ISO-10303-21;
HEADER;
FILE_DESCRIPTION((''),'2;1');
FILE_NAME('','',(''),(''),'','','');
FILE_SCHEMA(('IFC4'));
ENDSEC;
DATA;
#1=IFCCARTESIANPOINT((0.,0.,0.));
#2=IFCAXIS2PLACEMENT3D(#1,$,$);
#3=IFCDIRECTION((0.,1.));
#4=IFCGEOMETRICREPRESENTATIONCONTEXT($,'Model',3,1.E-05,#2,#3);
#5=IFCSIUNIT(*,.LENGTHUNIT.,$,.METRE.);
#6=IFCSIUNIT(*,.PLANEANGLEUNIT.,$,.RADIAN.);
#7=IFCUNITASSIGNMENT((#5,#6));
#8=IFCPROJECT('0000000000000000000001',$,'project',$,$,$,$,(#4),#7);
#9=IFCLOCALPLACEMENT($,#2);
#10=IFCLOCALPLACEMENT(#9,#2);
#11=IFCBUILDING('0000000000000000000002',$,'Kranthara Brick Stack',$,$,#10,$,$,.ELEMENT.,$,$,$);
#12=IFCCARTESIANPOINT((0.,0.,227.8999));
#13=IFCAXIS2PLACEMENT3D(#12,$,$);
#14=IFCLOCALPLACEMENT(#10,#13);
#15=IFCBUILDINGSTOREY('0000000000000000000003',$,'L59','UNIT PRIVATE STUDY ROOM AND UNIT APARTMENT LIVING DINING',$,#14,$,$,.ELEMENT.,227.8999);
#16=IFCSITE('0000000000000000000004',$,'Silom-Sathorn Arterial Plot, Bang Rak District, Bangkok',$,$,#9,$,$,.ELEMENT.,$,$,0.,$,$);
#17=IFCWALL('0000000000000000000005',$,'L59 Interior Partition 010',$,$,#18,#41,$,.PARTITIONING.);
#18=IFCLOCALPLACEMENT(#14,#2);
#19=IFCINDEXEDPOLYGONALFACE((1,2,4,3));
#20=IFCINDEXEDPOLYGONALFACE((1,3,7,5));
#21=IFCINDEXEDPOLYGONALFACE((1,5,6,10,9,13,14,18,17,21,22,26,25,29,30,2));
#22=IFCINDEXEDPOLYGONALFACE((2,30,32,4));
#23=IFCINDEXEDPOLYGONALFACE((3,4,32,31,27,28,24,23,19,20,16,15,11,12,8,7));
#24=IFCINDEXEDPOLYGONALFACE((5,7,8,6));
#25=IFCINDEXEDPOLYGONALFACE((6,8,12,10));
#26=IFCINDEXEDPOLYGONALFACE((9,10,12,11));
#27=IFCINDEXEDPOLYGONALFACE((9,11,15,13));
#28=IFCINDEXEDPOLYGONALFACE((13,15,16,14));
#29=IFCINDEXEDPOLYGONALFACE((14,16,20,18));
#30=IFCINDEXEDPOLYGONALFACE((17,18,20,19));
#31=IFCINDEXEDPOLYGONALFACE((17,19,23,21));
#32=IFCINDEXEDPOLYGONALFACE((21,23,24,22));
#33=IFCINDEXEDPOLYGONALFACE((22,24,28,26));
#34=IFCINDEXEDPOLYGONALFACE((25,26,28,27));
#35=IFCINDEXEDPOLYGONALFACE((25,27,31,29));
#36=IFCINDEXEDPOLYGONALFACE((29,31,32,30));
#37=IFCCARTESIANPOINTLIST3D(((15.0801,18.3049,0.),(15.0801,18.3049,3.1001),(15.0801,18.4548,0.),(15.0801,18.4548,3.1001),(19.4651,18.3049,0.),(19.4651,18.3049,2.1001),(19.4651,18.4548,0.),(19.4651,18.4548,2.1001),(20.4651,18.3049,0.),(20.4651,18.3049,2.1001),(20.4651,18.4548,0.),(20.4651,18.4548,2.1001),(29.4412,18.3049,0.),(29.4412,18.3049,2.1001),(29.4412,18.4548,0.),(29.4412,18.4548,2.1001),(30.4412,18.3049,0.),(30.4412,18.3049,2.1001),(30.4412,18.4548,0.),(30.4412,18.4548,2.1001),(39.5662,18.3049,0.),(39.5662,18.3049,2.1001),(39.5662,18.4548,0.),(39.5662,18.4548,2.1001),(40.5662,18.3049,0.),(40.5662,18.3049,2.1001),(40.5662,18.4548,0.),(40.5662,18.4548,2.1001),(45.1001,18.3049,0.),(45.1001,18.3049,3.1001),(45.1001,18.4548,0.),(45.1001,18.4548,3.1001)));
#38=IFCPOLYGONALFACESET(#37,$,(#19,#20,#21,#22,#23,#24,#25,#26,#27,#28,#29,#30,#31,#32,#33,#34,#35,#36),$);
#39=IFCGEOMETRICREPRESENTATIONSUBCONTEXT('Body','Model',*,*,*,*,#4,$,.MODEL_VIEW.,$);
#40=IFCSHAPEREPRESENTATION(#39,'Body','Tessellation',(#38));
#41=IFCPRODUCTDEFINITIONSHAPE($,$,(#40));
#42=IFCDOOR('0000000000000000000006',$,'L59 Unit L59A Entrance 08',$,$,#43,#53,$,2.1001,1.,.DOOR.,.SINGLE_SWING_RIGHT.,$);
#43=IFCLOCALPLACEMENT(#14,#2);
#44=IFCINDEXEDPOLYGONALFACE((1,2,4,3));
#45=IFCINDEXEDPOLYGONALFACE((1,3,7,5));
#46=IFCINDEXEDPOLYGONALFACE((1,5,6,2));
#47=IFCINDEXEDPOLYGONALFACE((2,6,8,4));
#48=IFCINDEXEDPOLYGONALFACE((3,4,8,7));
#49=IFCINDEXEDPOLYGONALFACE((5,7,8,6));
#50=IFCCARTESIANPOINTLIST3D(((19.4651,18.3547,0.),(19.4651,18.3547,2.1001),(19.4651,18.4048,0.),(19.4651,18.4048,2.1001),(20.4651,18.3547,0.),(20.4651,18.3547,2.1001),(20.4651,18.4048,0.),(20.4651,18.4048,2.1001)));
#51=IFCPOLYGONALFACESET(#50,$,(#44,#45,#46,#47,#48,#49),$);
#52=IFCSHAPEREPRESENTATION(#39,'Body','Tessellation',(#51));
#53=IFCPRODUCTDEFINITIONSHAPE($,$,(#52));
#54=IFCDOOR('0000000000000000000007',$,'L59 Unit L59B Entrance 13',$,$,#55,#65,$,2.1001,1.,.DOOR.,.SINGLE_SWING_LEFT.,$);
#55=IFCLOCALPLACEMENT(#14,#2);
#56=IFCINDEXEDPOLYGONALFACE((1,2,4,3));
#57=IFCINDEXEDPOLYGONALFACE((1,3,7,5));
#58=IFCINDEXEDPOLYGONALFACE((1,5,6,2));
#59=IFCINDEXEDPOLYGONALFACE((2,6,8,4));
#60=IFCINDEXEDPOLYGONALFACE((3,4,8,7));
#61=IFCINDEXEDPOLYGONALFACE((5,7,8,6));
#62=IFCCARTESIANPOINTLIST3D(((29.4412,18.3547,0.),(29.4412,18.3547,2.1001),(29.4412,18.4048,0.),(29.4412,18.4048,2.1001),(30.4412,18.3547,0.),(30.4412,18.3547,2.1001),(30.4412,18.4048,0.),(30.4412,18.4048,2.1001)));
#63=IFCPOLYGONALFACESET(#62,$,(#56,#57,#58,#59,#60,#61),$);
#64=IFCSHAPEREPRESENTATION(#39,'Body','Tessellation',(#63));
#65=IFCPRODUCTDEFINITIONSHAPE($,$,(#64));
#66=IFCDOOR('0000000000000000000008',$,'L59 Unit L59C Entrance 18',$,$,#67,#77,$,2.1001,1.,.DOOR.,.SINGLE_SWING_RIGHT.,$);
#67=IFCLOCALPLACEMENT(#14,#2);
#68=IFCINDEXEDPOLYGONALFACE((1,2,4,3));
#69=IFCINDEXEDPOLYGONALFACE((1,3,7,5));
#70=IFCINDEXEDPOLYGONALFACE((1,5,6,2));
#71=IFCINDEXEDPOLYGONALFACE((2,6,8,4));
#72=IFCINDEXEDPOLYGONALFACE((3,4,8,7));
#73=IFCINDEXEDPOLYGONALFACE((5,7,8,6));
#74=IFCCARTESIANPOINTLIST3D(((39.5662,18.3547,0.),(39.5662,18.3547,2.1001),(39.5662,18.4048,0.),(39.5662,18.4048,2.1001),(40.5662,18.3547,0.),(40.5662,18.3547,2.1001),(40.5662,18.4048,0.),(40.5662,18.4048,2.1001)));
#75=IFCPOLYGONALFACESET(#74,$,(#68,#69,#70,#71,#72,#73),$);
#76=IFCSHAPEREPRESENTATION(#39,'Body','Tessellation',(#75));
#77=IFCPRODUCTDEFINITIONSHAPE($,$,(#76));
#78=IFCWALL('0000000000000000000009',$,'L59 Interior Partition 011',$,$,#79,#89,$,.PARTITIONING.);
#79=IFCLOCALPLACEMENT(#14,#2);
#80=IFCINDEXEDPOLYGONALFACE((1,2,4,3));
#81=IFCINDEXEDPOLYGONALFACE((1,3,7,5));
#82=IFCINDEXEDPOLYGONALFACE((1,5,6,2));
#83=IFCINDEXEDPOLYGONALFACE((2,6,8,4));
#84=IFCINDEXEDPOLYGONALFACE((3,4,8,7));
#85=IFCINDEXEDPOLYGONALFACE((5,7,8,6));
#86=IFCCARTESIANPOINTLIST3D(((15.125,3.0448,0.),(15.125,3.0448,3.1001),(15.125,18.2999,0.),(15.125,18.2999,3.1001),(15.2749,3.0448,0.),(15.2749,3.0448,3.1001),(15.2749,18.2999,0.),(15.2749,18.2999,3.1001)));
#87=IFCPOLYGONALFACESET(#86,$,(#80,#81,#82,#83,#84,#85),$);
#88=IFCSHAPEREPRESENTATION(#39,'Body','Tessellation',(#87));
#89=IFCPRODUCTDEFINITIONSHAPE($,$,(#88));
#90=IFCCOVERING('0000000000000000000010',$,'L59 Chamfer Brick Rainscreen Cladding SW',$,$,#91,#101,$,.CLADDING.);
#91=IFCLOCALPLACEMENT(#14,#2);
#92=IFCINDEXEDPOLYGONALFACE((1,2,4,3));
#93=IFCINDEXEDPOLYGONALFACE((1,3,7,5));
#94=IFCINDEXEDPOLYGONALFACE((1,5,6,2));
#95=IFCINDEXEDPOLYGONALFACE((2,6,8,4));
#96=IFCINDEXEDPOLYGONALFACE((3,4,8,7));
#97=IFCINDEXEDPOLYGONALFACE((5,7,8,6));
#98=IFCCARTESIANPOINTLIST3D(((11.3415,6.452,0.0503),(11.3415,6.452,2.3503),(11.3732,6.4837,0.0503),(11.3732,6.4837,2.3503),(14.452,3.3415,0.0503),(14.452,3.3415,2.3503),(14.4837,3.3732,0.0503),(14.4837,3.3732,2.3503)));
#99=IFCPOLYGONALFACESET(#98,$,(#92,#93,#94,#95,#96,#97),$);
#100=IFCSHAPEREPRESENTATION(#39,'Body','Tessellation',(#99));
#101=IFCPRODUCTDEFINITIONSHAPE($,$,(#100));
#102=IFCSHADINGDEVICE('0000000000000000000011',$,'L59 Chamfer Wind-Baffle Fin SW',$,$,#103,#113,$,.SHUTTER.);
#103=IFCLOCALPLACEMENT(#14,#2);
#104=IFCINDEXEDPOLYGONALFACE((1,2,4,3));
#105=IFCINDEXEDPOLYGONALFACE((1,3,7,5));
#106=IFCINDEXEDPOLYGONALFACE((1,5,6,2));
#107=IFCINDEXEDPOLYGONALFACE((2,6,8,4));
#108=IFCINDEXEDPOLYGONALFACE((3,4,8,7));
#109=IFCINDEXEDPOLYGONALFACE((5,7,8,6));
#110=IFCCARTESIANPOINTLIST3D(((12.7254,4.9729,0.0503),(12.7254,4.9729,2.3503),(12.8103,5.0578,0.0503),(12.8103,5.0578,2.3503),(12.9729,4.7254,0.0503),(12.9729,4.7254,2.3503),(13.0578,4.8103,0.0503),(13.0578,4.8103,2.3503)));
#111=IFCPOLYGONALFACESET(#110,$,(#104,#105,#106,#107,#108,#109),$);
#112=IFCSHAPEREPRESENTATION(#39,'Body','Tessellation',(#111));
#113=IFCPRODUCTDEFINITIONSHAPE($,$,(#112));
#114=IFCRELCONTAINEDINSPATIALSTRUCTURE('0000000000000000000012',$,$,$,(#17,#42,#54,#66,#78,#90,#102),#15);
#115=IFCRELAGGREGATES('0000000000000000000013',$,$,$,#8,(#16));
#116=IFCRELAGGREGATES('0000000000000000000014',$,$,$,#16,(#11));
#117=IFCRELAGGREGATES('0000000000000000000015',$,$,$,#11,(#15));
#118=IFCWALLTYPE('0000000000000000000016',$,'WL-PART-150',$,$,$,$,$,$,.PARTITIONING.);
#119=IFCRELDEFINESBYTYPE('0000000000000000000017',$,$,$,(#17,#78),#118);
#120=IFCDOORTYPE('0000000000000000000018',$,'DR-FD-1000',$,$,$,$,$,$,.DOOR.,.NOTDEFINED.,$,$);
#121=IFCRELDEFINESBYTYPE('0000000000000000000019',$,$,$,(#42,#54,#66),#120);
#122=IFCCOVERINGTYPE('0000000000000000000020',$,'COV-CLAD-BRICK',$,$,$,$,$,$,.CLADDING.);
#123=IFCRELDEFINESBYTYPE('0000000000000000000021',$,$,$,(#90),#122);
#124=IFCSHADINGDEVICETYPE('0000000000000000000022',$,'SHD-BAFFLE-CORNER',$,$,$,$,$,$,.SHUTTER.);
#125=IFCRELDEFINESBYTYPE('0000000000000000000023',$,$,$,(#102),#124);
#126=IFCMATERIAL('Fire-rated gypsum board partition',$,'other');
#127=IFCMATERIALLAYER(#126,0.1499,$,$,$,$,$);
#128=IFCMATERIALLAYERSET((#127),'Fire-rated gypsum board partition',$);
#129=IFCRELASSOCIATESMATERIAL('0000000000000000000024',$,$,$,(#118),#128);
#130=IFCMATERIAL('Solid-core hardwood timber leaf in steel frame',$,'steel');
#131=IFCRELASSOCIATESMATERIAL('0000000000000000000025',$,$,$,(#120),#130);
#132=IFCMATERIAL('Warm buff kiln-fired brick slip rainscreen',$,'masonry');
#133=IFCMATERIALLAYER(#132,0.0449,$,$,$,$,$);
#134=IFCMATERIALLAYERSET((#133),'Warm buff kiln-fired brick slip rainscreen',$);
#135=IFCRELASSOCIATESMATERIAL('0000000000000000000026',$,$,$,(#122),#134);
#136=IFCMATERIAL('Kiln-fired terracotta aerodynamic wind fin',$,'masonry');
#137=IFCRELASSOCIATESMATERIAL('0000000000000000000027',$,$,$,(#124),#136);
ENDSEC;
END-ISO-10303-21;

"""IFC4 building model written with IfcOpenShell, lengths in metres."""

from ifc_helpers import new_model, si_unit, direction, frame, frame_2d, origin, origin_2d, place, context, subcontext, project, spatial, rectangle, extrude, material, layer, layer_set, type_object, element, fill, save


model = new_model("IFC4")

# Units and contexts
model_context = context("Model", 3, precision=1e-05, world=origin(), true_north=direction((0.0, 1.0)))
body_context = subcontext(model_context, "Body", "Model", "MODEL_VIEW")
ifc_project = project(units=[si_unit("LENGTHUNIT", "METRE"), si_unit("PLANEANGLEUNIT", "RADIAN")], contexts=[model_context])

# Site, building, storey
site_placement = place(None, origin())
site = spatial("IfcSite", under=ifc_project, at=site_placement, Name="Silom-Sathorn Arterial Plot, Bang Rak District, Bangkok", CompositionType="ELEMENT", RefElevation=0.0)
building_placement = place(site_placement, origin())
building = spatial("IfcBuilding", under=site, at=building_placement, Name="Kranthara Brick Stack", CompositionType="ELEMENT")
storey_placement = place(building_placement, frame((0.0, 0.0, 227.8999)))
storey = spatial("IfcBuildingStorey", under=building, at=storey_placement, Name="L59", Description="UNIT PRIVATE STUDY ROOM AND UNIT APARTMENT LIVING DINING", CompositionType="ELEMENT", Elevation=227.8999)

# Wall, openings, doors
ifc_material_1 = material(Name="Fire-rated gypsum board partition", Category="other")
ifc_layer_1 = layer(ifc_material_1, 0.1499)
ifc_layer_set_1 = layer_set([ifc_layer_1], Name="Fire-rated gypsum board partition")
wall_type_1 = type_object("IfcWallType", Name="WL-PART-150", PredefinedType="PARTITIONING", material=ifc_layer_set_1)
wall_1_placement = place(storey_placement, frame((15.0801, 18.3799, 0.0), z_axis=(0.0, 0.0, 1.0), x_axis=(1.0, 0.0, 0.0)))
wall_1 = element("IfcWall", 1, at=wall_1_placement, inside=storey, type_object=wall_type_1, Name="L59 Interior Partition 010", PredefinedType="PARTITIONING", context=body_context, shape_type="SweptSolid", body=[
    extrude(rectangle(XDim=30.02, YDim=0.1499, at=frame_2d((15.01, 0.0))), origin(), (0.0, 0.0, 1.0), 3.1001),
])
opening_1_placement = place(wall_1_placement, frame((4.385, 0.0, 0.0)))
opening_1 = element("IfcOpeningElement", 2, at=opening_1_placement, cuts=wall_1, PredefinedType="OPENING", context=body_context, shape_type="SweptSolid", body=[
    extrude(rectangle(XDim=1.0, YDim=2.1001, at=frame_2d((0.5, 1.05))), frame((0.0, 0.085, 0.0), z_axis=(0.0, -1.0, 0.0), x_axis=(1.0, 0.0, 0.0)), (0.0, 0.0, 1.0), 0.1699),
])
opening_2_placement = place(wall_1_placement, frame((14.3611, 0.0, 0.0)))
opening_2 = element("IfcOpeningElement", 3, at=opening_2_placement, cuts=wall_1, PredefinedType="OPENING", context=body_context, shape_type="SweptSolid", body=[
    extrude(rectangle(XDim=1.0, YDim=2.1001, at=frame_2d((0.5, 1.05))), frame((0.0, 0.085, 0.0), z_axis=(0.0, -1.0, 0.0), x_axis=(1.0, 0.0, 0.0)), (0.0, 0.0, 1.0), 0.1699),
])
opening_3_placement = place(wall_1_placement, frame((24.4861, 0.0, 0.0)))
opening_3 = element("IfcOpeningElement", 4, at=opening_3_placement, cuts=wall_1, PredefinedType="OPENING", context=body_context, shape_type="SweptSolid", body=[
    extrude(rectangle(XDim=1.0, YDim=2.1001, at=frame_2d((0.5, 1.05))), frame((0.0, 0.085, 0.0), z_axis=(0.0, -1.0, 0.0), x_axis=(1.0, 0.0, 0.0)), (0.0, 0.0, 1.0), 0.1699),
])
ifc_material_2 = material(Name="Solid-core hardwood timber leaf in steel frame", Category="steel")
door_type_1 = type_object("IfcDoorType", Name="DR-FD-1000", OperationType="NOTDEFINED", PredefinedType="DOOR", material=ifc_material_2)
door_1_placement = place(opening_1_placement, origin())
door_1 = element("IfcDoor", 5, at=door_1_placement, inside=storey, type_object=door_type_1, Name="L59 Unit L59A Entrance 08", OperationType="SINGLE_SWING_RIGHT", OverallHeight=2.1001, OverallWidth=1.0, PredefinedType="DOOR", context=body_context, shape_type="SweptSolid", body=[
    extrude(rectangle(XDim=1.0, YDim=2.1001, at=frame_2d((0.5, 1.05))), frame((0.0, 0.0249, 0.0), z_axis=(0.0, -1.0, 0.0), x_axis=(1.0, 0.0, 0.0)), (0.0, 0.0, 1.0), 0.05),
])
fill(opening_1, door_1)
door_2_placement = place(opening_2_placement, origin())
door_2 = element("IfcDoor", 6, at=door_2_placement, inside=storey, type_object=door_type_1, Name="L59 Unit L59B Entrance 13", OperationType="SINGLE_SWING_LEFT", OverallHeight=2.1001, OverallWidth=1.0, PredefinedType="DOOR", context=body_context, shape_type="SweptSolid", body=[
    extrude(rectangle(XDim=1.0, YDim=2.1001, at=frame_2d((0.5, 1.05))), frame((0.0, 0.0249, 0.0), z_axis=(0.0, -1.0, 0.0), x_axis=(1.0, 0.0, 0.0)), (0.0, 0.0, 1.0), 0.05),
])
fill(opening_2, door_2)
door_3_placement = place(opening_3_placement, origin())
door_3 = element("IfcDoor", 7, at=door_3_placement, inside=storey, type_object=door_type_1, Name="L59 Unit L59C Entrance 18", OperationType="SINGLE_SWING_RIGHT", OverallHeight=2.1001, OverallWidth=1.0, PredefinedType="DOOR", context=body_context, shape_type="SweptSolid", body=[
    extrude(rectangle(XDim=1.0, YDim=2.1001, at=frame_2d((0.5, 1.05))), frame((0.0, 0.0249, 0.0), z_axis=(0.0, -1.0, 0.0), x_axis=(1.0, 0.0, 0.0)), (0.0, 0.0, 1.0), 0.05),
])
fill(opening_3, door_3)

# Wall
wall_2_placement = place(storey_placement, frame((15.2, 3.0449, 0.0), z_axis=(0.0, 0.0, 1.0), x_axis=(0.0, 1.0, 0.0)))
element("IfcWall", 8, at=wall_2_placement, inside=storey, type_object=wall_type_1, Name="L59 Interior Partition 011", PredefinedType="PARTITIONING", context=body_context, shape_type="SweptSolid", body=[
    extrude(rectangle(XDim=15.2551, YDim=0.1499, at=frame_2d((7.6274, 0.0))), origin(), (0.0, 0.0, 1.0), 3.1001),
])

# Covering
ifc_material_3 = material(Name="Warm buff kiln-fired brick slip rainscreen", Category="masonry")
ifc_layer_2 = layer(ifc_material_3, 0.0449)
ifc_layer_set_2 = layer_set([ifc_layer_2], Name="Warm buff kiln-fired brick slip rainscreen")
covering_type = type_object("IfcCoveringType", Name="COV-CLAD-BRICK", PredefinedType="CLADDING", material=ifc_layer_set_2)
covering_placement = place(storey_placement, frame((12.9126, 4.9126, 0.0503), z_axis=(0.0, 0.0, 1.0), x_axis=(-0.707107, 0.707107, 0.0)))
element("IfcCovering", 9, at=covering_placement, inside=storey, type_object=covering_type, Name="L59 Chamfer Brick Rainscreen Cladding SW", PredefinedType="CLADDING", context=body_context, shape_type="SweptSolid", body=[
    extrude(rectangle(XDim=4.3989, YDim=0.0449, at=origin_2d()), origin(), (0.0, 0.0, 1.0), 2.3),
])

# Shading device
ifc_material_4 = material(Name="Kiln-fired terracotta aerodynamic wind fin", Category="masonry")
shading_device_type = type_object("IfcShadingDeviceType", Name="SHD-BAFFLE-CORNER", PredefinedType="SHUTTER", material=ifc_material_4)
shading_device_placement = place(storey_placement, frame((12.8916, 4.8916, 0.0503), z_axis=(0.0, 0.0, 1.0), x_axis=(-0.707107, 0.707107, 0.0)))
element("IfcShadingDevice", 10, at=shading_device_placement, inside=storey, type_object=shading_device_type, Name="L59 Chamfer Wind-Baffle Fin SW", PredefinedType="SHUTTER", context=body_context, shape_type="SweptSolid", body=[
    extrude(rectangle(XDim=0.3501, YDim=0.1201, at=origin_2d()), origin(), (0.0, 0.0, 1.0), 2.3),
])

save(model, "model.ifc")
